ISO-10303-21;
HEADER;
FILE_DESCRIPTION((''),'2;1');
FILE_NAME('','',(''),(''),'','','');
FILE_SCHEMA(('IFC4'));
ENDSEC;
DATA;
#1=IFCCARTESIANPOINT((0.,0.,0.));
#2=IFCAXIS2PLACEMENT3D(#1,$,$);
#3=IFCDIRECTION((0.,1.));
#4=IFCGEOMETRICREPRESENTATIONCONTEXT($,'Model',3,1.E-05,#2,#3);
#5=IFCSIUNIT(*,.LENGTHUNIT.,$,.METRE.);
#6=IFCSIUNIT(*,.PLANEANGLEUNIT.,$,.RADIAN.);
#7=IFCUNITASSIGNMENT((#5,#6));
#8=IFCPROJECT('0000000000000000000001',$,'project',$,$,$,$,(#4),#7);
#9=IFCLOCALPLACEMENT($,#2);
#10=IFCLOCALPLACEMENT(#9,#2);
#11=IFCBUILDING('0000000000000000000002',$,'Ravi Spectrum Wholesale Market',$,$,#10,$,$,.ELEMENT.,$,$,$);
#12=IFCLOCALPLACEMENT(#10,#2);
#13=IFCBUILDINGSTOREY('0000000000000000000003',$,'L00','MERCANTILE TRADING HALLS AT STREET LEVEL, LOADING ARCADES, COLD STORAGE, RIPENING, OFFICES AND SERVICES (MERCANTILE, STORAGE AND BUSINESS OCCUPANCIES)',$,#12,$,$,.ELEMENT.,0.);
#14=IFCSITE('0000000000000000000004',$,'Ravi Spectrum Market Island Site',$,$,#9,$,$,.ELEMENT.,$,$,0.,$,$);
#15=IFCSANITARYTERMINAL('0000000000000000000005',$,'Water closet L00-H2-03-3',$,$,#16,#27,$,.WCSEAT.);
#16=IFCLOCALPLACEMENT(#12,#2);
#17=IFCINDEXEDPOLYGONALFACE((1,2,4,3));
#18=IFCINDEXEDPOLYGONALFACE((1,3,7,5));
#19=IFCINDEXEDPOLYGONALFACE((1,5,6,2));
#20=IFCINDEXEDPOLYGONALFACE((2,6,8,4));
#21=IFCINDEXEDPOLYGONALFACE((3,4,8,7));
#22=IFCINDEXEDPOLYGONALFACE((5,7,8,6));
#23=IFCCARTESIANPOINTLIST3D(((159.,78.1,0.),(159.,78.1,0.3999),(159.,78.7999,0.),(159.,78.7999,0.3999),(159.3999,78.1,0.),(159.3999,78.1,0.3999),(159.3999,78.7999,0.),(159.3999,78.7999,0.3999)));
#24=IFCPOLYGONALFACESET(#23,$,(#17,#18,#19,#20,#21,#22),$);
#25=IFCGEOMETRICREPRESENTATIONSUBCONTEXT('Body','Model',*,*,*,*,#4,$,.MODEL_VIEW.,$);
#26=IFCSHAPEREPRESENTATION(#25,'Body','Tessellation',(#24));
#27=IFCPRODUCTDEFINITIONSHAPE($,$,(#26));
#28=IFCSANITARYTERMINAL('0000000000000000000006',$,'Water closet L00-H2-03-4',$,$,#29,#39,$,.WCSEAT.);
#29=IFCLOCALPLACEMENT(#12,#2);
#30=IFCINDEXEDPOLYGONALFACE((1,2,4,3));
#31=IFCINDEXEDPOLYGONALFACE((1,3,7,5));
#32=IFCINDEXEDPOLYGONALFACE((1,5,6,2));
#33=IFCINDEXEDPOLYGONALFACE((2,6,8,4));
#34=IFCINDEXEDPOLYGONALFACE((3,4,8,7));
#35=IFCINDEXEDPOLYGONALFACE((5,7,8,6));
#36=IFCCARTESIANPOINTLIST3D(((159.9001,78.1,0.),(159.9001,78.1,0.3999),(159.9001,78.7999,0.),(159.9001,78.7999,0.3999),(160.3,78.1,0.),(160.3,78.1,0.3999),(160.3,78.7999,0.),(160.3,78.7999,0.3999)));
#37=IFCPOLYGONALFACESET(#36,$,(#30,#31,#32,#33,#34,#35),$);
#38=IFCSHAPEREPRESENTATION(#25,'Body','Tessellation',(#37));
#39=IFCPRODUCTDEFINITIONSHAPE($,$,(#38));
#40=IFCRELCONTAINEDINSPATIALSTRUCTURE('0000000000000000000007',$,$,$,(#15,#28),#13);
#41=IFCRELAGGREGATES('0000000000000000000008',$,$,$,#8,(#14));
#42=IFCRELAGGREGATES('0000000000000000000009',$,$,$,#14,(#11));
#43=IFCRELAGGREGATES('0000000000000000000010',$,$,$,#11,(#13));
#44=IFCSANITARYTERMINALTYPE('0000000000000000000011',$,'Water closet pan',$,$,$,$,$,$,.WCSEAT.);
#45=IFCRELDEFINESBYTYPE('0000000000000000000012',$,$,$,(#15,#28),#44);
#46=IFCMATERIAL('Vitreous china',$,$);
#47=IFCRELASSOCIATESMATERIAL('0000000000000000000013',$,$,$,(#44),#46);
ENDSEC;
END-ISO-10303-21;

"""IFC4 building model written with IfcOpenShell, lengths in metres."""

from ifc_helpers import new_model, si_unit, direction, frame, origin, origin_2d, place, context, subcontext, project, spatial, rectangle, extrude, material, type_object, element, save


model = new_model("IFC4")

# Units and contexts
model_context = context("Model", 3, precision=1e-05, world=origin(), true_north=direction((0.0, 1.0)))
body_context = subcontext(model_context, "Body", "Model", "MODEL_VIEW")
ifc_project = project(units=[si_unit("LENGTHUNIT", "METRE"), si_unit("PLANEANGLEUNIT", "RADIAN")], contexts=[model_context])

# Site, building, storey
site_placement = place(None, origin())
site = spatial("IfcSite", under=ifc_project, at=site_placement, Name="Ravi Spectrum Market Island Site", CompositionType="ELEMENT", RefElevation=0.0)
building_placement = place(site_placement, origin())
building = spatial("IfcBuilding", under=site, at=building_placement, Name="Ravi Spectrum Wholesale Market", CompositionType="ELEMENT")
storey_placement = place(building_placement, origin())
storey = spatial("IfcBuildingStorey", under=building, at=storey_placement, Name="L00", Description="MERCANTILE TRADING HALLS AT STREET LEVEL, LOADING ARCADES, COLD STORAGE, RIPENING, OFFICES AND SERVICES (MERCANTILE, STORAGE AND BUSINESS OCCUPANCIES)", CompositionType="ELEMENT", Elevation=0.0)

# Sanitary terminals
ifc_material_1 = material(Name="Vitreous china")
sanitary_terminal_type_1 = type_object("IfcSanitaryTerminalType", Name="Water closet pan", PredefinedType="WCSEAT", material=ifc_material_1)
for number, where, z_axis, x_axis, name in (
    (1, (159.2, 78.45, 0.0), (0.0, 0.0, 1.0), (1.0, 0.0, 0.0), "Water closet L00-H2-03-3"),
    (2, (160.1001, 78.45, 0.0), (0.0, 0.0, 1.0), (1.0, 0.0, 0.0), "Water closet L00-H2-03-4"),
):
    element("IfcSanitaryTerminal", number, at=place(storey_placement, frame(where, z_axis=z_axis, x_axis=x_axis)), inside=storey, type_object=sanitary_terminal_type_1, Name=name, PredefinedType="WCSEAT", context=body_context, shape_type="SweptSolid", body=[
        extrude(rectangle(XDim=0.3999, YDim=0.7, at=origin_2d()), origin(), (0.0, 0.0, 1.0), 0.3999),
    ])

save(model, "model.ifc")
